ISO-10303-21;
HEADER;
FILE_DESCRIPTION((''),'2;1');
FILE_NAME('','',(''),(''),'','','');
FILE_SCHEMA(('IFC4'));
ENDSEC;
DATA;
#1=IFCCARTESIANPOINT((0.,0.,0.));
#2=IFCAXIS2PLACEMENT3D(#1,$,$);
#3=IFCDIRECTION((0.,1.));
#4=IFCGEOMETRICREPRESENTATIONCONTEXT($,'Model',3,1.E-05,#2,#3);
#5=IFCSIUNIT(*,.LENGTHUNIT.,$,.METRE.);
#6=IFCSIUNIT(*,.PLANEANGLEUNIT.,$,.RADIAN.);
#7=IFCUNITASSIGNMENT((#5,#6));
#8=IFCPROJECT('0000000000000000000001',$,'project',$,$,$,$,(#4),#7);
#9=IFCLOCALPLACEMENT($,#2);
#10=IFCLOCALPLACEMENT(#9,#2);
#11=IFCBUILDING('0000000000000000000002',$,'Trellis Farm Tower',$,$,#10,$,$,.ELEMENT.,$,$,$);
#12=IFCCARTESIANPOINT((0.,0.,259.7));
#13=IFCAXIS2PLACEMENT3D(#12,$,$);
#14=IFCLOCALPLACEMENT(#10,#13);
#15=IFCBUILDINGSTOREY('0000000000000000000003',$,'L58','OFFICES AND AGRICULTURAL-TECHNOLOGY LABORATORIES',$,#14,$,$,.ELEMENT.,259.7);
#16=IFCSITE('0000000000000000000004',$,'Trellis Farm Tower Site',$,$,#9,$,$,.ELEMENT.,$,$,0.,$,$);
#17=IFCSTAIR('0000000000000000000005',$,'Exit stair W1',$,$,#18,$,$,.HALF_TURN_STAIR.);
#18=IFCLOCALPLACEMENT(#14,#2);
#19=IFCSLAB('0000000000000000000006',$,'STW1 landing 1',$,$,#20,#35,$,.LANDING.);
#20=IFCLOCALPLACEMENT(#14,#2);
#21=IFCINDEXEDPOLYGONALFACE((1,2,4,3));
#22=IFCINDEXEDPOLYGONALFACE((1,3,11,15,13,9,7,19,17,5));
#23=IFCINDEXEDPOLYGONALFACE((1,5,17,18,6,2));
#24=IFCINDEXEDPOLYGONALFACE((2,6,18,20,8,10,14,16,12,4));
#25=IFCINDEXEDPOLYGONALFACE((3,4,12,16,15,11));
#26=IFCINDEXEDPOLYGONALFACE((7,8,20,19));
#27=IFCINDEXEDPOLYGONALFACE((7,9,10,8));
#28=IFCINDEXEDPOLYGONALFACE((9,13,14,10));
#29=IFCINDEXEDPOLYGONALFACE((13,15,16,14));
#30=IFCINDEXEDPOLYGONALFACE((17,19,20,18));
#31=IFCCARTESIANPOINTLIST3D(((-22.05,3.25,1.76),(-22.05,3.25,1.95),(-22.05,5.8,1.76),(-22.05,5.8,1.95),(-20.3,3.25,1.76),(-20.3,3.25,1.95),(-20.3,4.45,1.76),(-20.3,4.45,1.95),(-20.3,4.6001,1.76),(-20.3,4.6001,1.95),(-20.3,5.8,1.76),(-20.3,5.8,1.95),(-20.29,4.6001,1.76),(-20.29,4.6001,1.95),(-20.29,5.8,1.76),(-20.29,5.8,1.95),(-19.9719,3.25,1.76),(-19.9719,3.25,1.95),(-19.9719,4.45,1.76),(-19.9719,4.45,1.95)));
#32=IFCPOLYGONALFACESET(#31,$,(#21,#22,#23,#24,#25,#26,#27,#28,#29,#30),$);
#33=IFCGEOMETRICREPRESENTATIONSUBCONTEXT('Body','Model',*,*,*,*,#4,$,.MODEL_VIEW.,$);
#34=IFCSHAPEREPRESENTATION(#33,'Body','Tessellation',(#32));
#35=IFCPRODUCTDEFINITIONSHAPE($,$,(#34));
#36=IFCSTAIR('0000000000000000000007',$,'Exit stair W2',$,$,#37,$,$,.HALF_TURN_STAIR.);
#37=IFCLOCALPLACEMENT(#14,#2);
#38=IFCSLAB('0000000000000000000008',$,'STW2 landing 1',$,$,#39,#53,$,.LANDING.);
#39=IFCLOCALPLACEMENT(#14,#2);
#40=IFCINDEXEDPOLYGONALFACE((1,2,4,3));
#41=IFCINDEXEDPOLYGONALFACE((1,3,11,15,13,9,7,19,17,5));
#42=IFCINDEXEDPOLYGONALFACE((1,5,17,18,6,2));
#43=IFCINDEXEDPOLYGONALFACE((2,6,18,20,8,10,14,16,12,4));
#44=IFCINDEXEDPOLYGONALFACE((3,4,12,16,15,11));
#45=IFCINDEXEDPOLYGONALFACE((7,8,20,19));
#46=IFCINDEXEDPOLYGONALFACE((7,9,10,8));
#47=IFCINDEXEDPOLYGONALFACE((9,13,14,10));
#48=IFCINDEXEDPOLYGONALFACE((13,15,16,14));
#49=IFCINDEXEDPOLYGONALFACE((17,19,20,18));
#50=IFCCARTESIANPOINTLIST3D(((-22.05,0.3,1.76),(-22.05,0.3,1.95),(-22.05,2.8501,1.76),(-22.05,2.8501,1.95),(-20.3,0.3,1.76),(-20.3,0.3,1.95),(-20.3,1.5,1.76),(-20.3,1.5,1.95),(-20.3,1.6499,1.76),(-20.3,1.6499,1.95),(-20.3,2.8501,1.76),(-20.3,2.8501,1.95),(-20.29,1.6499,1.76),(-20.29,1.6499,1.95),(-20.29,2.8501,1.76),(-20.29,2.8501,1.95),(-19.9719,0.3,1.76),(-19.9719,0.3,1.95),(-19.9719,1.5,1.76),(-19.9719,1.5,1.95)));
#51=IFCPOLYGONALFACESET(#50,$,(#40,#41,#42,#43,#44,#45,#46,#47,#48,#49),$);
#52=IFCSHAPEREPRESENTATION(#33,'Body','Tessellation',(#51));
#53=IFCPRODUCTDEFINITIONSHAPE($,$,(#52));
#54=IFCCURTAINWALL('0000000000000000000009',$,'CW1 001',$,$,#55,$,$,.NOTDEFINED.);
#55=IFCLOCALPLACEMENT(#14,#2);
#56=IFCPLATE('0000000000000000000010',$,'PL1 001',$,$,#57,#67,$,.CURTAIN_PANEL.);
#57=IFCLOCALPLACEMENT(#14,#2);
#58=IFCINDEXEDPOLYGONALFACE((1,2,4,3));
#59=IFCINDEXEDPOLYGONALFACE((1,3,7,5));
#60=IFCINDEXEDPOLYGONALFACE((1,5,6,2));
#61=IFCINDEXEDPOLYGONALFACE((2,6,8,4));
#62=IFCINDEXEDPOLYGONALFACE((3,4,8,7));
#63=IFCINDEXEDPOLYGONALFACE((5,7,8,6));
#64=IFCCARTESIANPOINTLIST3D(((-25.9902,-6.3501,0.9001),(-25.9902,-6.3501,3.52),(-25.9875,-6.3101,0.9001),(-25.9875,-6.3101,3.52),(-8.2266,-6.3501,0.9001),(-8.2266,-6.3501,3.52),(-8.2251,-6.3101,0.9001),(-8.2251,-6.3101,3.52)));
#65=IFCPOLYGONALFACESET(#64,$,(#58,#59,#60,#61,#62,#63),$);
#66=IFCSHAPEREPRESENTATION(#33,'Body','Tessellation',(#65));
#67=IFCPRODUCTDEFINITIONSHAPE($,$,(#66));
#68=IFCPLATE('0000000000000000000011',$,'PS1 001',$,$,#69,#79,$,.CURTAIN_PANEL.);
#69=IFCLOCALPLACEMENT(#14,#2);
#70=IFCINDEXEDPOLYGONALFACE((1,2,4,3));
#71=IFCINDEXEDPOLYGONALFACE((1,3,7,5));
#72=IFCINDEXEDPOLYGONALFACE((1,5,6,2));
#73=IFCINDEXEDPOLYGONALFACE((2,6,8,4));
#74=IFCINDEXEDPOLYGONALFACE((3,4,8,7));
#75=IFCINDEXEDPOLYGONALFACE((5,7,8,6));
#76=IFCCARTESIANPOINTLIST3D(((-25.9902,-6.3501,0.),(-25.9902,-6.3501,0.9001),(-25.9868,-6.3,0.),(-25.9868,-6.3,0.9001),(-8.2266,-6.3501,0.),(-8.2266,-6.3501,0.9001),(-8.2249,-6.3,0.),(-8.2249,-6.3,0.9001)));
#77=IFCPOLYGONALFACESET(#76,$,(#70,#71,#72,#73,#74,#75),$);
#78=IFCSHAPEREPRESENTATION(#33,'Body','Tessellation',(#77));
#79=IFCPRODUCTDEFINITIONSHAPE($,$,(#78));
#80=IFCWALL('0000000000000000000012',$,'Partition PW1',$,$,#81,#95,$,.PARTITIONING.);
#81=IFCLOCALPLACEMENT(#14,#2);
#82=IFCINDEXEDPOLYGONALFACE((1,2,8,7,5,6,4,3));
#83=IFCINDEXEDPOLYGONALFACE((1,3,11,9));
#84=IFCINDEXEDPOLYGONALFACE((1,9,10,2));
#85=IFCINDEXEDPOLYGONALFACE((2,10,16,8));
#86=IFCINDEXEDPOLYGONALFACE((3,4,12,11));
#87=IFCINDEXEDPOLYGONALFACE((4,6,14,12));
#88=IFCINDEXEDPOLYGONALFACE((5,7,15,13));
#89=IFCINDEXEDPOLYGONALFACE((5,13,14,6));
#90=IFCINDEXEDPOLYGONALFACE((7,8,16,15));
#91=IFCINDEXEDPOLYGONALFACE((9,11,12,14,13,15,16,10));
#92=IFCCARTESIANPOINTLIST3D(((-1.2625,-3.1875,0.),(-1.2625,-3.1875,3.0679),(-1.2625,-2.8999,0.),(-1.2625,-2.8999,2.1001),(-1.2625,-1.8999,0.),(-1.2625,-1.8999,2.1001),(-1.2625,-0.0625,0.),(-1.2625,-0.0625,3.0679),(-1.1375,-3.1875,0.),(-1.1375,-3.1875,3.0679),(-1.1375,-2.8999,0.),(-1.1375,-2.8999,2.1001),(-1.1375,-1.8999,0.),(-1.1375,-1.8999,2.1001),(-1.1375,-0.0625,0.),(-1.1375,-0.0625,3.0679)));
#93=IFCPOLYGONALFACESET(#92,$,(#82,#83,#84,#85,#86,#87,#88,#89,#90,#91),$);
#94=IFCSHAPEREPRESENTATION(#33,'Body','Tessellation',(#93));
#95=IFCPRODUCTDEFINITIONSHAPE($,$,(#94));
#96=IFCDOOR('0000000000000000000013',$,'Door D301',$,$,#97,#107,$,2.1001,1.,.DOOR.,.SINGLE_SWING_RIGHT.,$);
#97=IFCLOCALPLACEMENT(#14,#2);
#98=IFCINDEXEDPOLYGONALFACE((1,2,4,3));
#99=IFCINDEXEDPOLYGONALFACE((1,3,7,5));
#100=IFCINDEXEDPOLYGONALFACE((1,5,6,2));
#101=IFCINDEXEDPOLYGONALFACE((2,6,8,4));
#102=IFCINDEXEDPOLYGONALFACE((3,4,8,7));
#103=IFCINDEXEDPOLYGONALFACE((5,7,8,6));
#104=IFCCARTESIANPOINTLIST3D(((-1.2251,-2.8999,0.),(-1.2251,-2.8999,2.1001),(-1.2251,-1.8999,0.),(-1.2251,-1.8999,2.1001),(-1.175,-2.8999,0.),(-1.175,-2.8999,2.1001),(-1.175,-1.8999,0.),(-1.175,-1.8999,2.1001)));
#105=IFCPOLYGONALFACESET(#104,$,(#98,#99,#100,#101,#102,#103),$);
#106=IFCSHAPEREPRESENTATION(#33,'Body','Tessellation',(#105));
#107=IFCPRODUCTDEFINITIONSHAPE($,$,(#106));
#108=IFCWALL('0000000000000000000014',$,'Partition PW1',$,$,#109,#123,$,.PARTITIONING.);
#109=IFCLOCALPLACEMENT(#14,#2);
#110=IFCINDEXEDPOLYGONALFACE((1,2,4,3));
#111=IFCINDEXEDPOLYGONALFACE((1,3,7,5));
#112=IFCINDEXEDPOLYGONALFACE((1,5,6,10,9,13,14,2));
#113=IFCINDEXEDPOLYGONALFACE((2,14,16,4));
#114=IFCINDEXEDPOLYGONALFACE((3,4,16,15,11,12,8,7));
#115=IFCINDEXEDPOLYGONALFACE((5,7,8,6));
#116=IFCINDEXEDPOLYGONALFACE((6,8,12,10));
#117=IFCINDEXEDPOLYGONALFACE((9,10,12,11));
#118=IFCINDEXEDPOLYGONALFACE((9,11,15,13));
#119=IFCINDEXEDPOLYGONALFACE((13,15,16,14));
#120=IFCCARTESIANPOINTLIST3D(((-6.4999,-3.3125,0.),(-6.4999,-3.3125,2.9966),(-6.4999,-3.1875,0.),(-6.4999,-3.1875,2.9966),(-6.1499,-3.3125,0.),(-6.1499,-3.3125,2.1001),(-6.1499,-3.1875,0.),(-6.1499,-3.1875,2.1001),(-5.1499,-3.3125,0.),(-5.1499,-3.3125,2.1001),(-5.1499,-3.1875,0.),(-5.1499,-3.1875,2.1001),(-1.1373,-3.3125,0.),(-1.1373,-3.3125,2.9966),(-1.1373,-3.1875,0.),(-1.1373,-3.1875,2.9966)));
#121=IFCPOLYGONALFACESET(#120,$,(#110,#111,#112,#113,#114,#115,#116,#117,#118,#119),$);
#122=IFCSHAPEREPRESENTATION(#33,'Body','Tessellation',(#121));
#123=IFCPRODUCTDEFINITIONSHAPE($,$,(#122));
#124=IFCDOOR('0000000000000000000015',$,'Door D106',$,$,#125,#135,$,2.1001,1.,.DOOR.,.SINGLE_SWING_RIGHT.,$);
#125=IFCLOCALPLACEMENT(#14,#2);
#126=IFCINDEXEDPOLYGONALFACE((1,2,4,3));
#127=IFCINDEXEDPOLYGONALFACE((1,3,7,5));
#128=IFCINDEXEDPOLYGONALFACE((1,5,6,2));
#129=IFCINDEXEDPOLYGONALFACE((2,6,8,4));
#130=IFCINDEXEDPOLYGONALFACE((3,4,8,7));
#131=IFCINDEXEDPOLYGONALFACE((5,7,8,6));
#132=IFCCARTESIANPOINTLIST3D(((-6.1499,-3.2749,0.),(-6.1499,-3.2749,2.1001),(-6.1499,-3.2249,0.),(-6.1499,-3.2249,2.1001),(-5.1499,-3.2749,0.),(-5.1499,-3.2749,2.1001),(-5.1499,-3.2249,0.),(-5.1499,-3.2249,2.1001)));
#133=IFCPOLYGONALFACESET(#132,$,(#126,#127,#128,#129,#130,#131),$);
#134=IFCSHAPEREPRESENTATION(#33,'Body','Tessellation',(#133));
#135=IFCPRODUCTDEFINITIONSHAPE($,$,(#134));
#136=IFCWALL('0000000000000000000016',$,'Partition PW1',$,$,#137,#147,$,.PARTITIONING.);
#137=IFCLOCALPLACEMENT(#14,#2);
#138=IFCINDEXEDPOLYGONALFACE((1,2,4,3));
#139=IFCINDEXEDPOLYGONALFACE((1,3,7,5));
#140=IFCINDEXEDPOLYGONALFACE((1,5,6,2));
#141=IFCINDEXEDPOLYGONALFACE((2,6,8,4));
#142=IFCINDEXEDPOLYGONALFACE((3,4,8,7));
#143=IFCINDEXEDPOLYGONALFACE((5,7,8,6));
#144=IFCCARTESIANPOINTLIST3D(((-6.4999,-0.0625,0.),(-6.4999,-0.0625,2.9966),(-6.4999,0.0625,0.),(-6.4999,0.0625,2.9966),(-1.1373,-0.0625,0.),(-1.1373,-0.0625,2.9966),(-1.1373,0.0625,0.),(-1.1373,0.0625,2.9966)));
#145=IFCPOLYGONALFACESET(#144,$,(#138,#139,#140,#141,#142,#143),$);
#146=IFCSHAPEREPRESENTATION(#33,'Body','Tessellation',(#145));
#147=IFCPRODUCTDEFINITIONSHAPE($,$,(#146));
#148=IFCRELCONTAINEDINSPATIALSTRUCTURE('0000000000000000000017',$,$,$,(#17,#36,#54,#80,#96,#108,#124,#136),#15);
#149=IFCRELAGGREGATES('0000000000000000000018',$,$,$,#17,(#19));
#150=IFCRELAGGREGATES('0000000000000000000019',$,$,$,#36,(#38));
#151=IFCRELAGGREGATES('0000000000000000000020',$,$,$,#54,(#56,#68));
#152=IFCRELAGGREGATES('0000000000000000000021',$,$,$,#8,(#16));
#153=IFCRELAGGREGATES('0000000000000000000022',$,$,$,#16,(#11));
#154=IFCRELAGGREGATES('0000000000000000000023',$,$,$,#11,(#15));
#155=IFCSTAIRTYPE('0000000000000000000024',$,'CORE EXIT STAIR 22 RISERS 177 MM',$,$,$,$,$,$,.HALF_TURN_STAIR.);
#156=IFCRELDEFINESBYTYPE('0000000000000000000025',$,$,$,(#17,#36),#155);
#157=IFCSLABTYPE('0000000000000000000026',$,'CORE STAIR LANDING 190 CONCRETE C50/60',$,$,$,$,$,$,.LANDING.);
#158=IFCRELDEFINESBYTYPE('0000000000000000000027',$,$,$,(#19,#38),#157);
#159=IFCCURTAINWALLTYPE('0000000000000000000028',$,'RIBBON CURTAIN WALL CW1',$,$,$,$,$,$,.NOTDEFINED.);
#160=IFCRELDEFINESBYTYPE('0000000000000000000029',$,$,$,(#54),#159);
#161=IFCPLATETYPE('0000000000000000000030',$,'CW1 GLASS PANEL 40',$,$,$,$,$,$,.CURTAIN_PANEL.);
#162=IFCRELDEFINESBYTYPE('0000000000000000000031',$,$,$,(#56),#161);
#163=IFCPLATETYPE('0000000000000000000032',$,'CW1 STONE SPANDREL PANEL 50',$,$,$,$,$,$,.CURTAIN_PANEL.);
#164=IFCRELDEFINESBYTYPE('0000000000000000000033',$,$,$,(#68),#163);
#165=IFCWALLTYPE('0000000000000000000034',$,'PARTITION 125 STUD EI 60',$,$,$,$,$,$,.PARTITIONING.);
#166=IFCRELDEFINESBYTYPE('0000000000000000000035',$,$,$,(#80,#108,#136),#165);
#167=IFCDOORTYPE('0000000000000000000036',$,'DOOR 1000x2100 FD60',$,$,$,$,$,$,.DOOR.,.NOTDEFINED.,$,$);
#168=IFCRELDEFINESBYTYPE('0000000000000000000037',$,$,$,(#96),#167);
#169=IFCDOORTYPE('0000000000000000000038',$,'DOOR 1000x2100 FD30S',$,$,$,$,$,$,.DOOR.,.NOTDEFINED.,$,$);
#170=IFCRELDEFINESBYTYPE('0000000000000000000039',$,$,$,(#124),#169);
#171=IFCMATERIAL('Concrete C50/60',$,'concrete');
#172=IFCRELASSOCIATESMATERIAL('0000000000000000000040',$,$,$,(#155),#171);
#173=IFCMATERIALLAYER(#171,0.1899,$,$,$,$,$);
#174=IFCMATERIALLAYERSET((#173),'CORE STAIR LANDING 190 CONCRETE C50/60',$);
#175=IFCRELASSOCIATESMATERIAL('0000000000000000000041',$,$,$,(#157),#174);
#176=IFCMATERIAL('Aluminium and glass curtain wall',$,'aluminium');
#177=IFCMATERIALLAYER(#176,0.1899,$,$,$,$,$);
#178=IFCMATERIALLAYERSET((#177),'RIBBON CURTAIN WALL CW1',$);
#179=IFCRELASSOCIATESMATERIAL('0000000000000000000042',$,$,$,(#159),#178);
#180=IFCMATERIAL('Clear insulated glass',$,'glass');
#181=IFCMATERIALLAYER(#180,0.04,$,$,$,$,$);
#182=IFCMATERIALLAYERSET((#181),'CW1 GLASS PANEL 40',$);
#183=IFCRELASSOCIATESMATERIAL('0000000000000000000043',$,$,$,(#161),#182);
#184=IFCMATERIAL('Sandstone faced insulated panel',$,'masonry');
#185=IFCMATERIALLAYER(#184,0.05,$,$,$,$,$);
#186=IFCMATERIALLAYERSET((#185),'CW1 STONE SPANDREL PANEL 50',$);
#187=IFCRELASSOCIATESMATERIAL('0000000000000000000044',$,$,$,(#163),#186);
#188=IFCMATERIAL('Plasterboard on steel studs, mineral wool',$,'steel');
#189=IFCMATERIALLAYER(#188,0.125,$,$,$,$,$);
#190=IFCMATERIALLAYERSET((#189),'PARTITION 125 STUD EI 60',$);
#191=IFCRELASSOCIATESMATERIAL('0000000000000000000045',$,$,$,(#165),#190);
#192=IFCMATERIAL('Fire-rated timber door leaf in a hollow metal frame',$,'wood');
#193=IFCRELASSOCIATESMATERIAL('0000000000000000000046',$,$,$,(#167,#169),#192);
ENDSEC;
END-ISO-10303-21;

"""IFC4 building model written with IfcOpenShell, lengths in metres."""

from ifc_helpers import new_model, si_unit, direction, frame, frame_2d, origin, place, context, subcontext, project, spatial, polyline, rectangle, outline, extrude, source, transform, mapped, material, layer, layer_set, type_object, element, fill, aggregate, save


model = new_model("IFC4")

# Units and contexts
model_context = context("Model", 3, precision=1e-05, world=origin(), true_north=direction((0.0, 1.0)))
body_context = subcontext(model_context, "Body", "Model", "MODEL_VIEW")
ifc_project = project(units=[si_unit("LENGTHUNIT", "METRE"), si_unit("PLANEANGLEUNIT", "RADIAN")], contexts=[model_context])

# Site, building, storey
site_placement = place(None, origin())
site = spatial("IfcSite", under=ifc_project, at=site_placement, Name="Trellis Farm Tower Site", CompositionType="ELEMENT", RefElevation=0.0)
building_placement = place(site_placement, origin())
building = spatial("IfcBuilding", under=site, at=building_placement, Name="Trellis Farm Tower", CompositionType="ELEMENT")
storey_placement = place(building_placement, frame((0.0, 0.0, 259.7)))
storey = spatial("IfcBuildingStorey", under=building, at=storey_placement, Name="L58", Description="OFFICES AND AGRICULTURAL-TECHNOLOGY LABORATORIES", CompositionType="ELEMENT", Elevation=259.7)

# Stairs, slabs
ifc_material_1 = material(Name="Concrete C50/60", Category="concrete")
stair_type = type_object("IfcStairType", Name="CORE EXIT STAIR 22 RISERS 177 MM", PredefinedType="HALF_TURN_STAIR", material=ifc_material_1)
placement_1 = place(storey_placement, origin())
ifc_layer_1 = layer(ifc_material_1, 0.1899)
ifc_layer_set_1 = layer_set([ifc_layer_1], Name="CORE STAIR LANDING 190 CONCRETE C50/60")
slab_type_1 = type_object("IfcSlabType", Name="CORE STAIR LANDING 190 CONCRETE C50/60", PredefinedType="LANDING", material=ifc_layer_set_1)
placement_2 = place(storey_placement, frame((0.0, 0.0, 1.76)))
stair_1 = element("IfcStair", 1, at=placement_1, inside=storey, type_object=stair_type, Name="Exit stair W1", PredefinedType="HALF_TURN_STAIR")
shared_shape_1 = source(origin(), body_context, "Body", "SweptSolid", [
    extrude(outline(polyline([(-19.9719, 4.45), (-19.9719, 3.25), (-20.3, 3.25), (-22.05, 3.25), (-22.05, 5.8), (-20.3, 5.8), (-20.29, 5.8), (-20.29, 4.6001), (-20.3, 4.6001), (-20.3, 4.45), (-19.9719, 4.45)])), origin(), (0.0, 0.0, 1.0), 0.1899),
])
slab_1 = element("IfcSlab", 2, at=placement_2, type_object=slab_type_1, Name="STW1 landing 1", PredefinedType="LANDING", context=body_context, shape_type="MappedRepresentation", body=[
    mapped(shared_shape_1, transform((0.0, 0.0, 0.0))),
])
aggregate(stair_1, [slab_1])
stair_2 = element("IfcStair", 3, at=placement_1, inside=storey, type_object=stair_type, Name="Exit stair W2", PredefinedType="HALF_TURN_STAIR")
shared_shape_2 = source(origin(), body_context, "Body", "SweptSolid", [
    extrude(outline(polyline([(-19.9719, 1.5), (-19.9719, 0.3), (-20.3, 0.3), (-22.05, 0.3), (-22.05, 2.8501), (-20.3, 2.8501), (-20.29, 2.8501), (-20.29, 1.6499), (-20.3, 1.6499), (-20.3, 1.5), (-19.9719, 1.5)])), origin(), (0.0, 0.0, 1.0), 0.1899),
])
slab_2 = element("IfcSlab", 4, at=placement_2, type_object=slab_type_1, Name="STW2 landing 1", PredefinedType="LANDING", context=body_context, shape_type="MappedRepresentation", body=[
    mapped(shared_shape_2, transform((0.0, 0.0, 0.0))),
])
aggregate(stair_2, [slab_2])

# Curtain wall, plates
ifc_material_2 = material(Name="Aluminium and glass curtain wall", Category="aluminium")
ifc_layer_2 = layer(ifc_material_2, 0.1899)
ifc_layer_set_2 = layer_set([ifc_layer_2], Name="RIBBON CURTAIN WALL CW1")
curtain_wall_type = type_object("IfcCurtainWallType", Name="RIBBON CURTAIN WALL CW1", PredefinedType="NOTDEFINED", material=ifc_layer_set_2)
curtain_wall = element("IfcCurtainWall", 5, at=placement_1, inside=storey, type_object=curtain_wall_type, Name="CW1 001", PredefinedType="NOTDEFINED")
ifc_material_3 = material(Name="Clear insulated glass", Category="glass")
ifc_layer_3 = layer(ifc_material_3, 0.04)
ifc_layer_set_3 = layer_set([ifc_layer_3], Name="CW1 GLASS PANEL 40")
plate_type_1 = type_object("IfcPlateType", Name="CW1 GLASS PANEL 40", PredefinedType="CURTAIN_PANEL", material=ifc_layer_set_3)
shared_shape_3 = source(origin(), body_context, "Body", "SweptSolid", [
    extrude(outline(polyline([(-25.9902, -6.3501), (-8.2266, -6.3501), (-8.2251, -6.3101), (-25.9875, -6.3101), (-25.9902, -6.3501)])), origin(), (0.0, 0.0, 1.0), 2.6199),
])
plate_1_placement = place(storey_placement, frame((0.0, 0.0, 0.9001)))
plate_1 = element("IfcPlate", 6, at=plate_1_placement, type_object=plate_type_1, Name="PL1 001", PredefinedType="CURTAIN_PANEL", context=body_context, shape_type="MappedRepresentation", body=[
    mapped(shared_shape_3, transform((0.0, 0.0, 0.0))),
])
ifc_material_4 = material(Name="Sandstone faced insulated panel", Category="masonry")
ifc_layer_4 = layer(ifc_material_4, 0.05)
ifc_layer_set_4 = layer_set([ifc_layer_4], Name="CW1 STONE SPANDREL PANEL 50")
plate_type_2 = type_object("IfcPlateType", Name="CW1 STONE SPANDREL PANEL 50", PredefinedType="CURTAIN_PANEL", material=ifc_layer_set_4)
shared_shape_4 = source(origin(), body_context, "Body", "SweptSolid", [
    extrude(outline(polyline([(-25.9902, -6.3501), (-8.2266, -6.3501), (-8.2249, -6.3), (-25.9868, -6.3), (-25.9902, -6.3501)])), origin(), (0.0, 0.0, 1.0), 0.9001),
])
plate_2 = element("IfcPlate", 7, at=placement_1, type_object=plate_type_2, Name="PS1 001", PredefinedType="CURTAIN_PANEL", context=body_context, shape_type="MappedRepresentation", body=[
    mapped(shared_shape_4, transform((0.0, 0.0, 0.0))),
])
aggregate(curtain_wall, [plate_1, plate_2])

# Walls, openings, doors
ifc_material_5 = material(Name="Plasterboard on steel studs, mineral wool", Category="steel")
ifc_layer_5 = layer(ifc_material_5, 0.125)
ifc_layer_set_5 = layer_set([ifc_layer_5], Name="PARTITION 125 STUD EI 60")
wall_type_1 = type_object("IfcWallType", Name="PARTITION 125 STUD EI 60", PredefinedType="PARTITIONING", material=ifc_layer_set_5)
shared_shape_5 = source(origin(), body_context, "Body", "SweptSolid", [
    extrude(rectangle(XDim=3.125, YDim=0.125, at=frame_2d((1.5625, 0.0))), origin(), (0.0, 0.0, 1.0), 3.0679),
])
wall_1_placement = place(storey_placement, frame((-1.2, -0.0625, 0.0), z_axis=(0.0, 0.0, 1.0), x_axis=(0.0, -1.0, 0.0)))
wall_1 = element("IfcWall", 8, at=wall_1_placement, inside=storey, type_object=wall_type_1, Name="Partition PW1", PredefinedType="PARTITIONING", context=body_context, shape_type="MappedRepresentation", body=[
    mapped(shared_shape_5, transform((0.0, 0.0, 0.0))),
])
shared_shape_6 = source(origin(), body_context, "Body", "SweptSolid", [
    extrude(rectangle(XDim=1.0, YDim=2.1001, at=frame_2d((0.5, 1.05))), frame((0.0, 0.0725, 0.0), z_axis=(0.0, -1.0, 0.0), x_axis=(1.0, 0.0, 0.0)), (0.0, 0.0, 1.0), 0.145),
])
opening_1_placement = place(wall_1_placement, frame((1.8374, 0.0, 0.0)))
opening_1 = element("IfcOpeningElement", 9, at=opening_1_placement, cuts=wall_1, PredefinedType="OPENING", context=body_context, shape_type="MappedRepresentation", body=[
    mapped(shared_shape_6, transform((0.0, 0.0, 0.0))),
])
ifc_material_6 = material(Name="Fire-rated timber door leaf in a hollow metal frame", Category="wood")
door_type_1 = type_object("IfcDoorType", Name="DOOR 1000x2100 FD60", OperationType="NOTDEFINED", PredefinedType="DOOR", material=ifc_material_6)
shared_shape_7 = source(origin(), body_context, "Body", "SweptSolid", [
    extrude(rectangle(XDim=1.0, YDim=2.1001, at=frame_2d((0.5, 1.05))), frame((0.0, 0.0249, 0.0), z_axis=(0.0, -1.0, 0.0), x_axis=(1.0, 0.0, 0.0)), (0.0, 0.0, 1.0), 0.05),
])
door_1_placement = place(opening_1_placement, origin())
door_1 = element("IfcDoor", 10, at=door_1_placement, inside=storey, type_object=door_type_1, Name="Door D301", OperationType="SINGLE_SWING_RIGHT", OverallHeight=2.1001, OverallWidth=1.0, PredefinedType="DOOR", context=body_context, shape_type="MappedRepresentation", body=[
    mapped(shared_shape_7, transform((0.0, 0.0, 0.0))),
])
fill(opening_1, door_1)
shared_shape_8 = source(origin(), body_context, "Body", "SweptSolid", [
    extrude(rectangle(XDim=5.3625, YDim=0.125, at=frame_2d((2.6812, 0.0))), origin(), (0.0, 0.0, 1.0), 2.9966),
])
wall_2_placement = place(storey_placement, frame((-1.1375, -3.25, 0.0), z_axis=(0.0, 0.0, 1.0), x_axis=(-1.0, 0.0, 0.0)))
wall_2 = element("IfcWall", 11, at=wall_2_placement, inside=storey, type_object=wall_type_1, Name="Partition PW1", PredefinedType="PARTITIONING", context=body_context, shape_type="MappedRepresentation", body=[
    mapped(shared_shape_8, transform((0.0, 0.0, 0.0))),
])
opening_2_placement = place(wall_2_placement, frame((4.0125, 0.0, 0.0)))
opening_2 = element("IfcOpeningElement", 12, at=opening_2_placement, cuts=wall_2, PredefinedType="OPENING", context=body_context, shape_type="MappedRepresentation", body=[
    mapped(shared_shape_6, transform((0.0, 0.0, 0.0))),
])
door_type_2 = type_object("IfcDoorType", Name="DOOR 1000x2100 FD30S", OperationType="NOTDEFINED", PredefinedType="DOOR", material=ifc_material_6)
door_2_placement = place(opening_2_placement, origin())
door_2 = element("IfcDoor", 13, at=door_2_placement, inside=storey, type_object=door_type_2, Name="Door D106", OperationType="SINGLE_SWING_RIGHT", OverallHeight=2.1001, OverallWidth=1.0, PredefinedType="DOOR", context=body_context, shape_type="MappedRepresentation", body=[
    mapped(shared_shape_7, transform((0.0, 0.0, 0.0))),
])
fill(opening_2, door_2)

# Wall
wall_3_placement = place(storey_placement, frame((-1.1375, 0.0, 0.0), z_axis=(0.0, 0.0, 1.0), x_axis=(-1.0, 0.0, 0.0)))
element("IfcWall", 14, at=wall_3_placement, inside=storey, type_object=wall_type_1, Name="Partition PW1", PredefinedType="PARTITIONING", context=body_context, shape_type="MappedRepresentation", body=[
    mapped(shared_shape_8, transform((0.0, 0.0, 0.0))),
])

save(model, "model.ifc")
